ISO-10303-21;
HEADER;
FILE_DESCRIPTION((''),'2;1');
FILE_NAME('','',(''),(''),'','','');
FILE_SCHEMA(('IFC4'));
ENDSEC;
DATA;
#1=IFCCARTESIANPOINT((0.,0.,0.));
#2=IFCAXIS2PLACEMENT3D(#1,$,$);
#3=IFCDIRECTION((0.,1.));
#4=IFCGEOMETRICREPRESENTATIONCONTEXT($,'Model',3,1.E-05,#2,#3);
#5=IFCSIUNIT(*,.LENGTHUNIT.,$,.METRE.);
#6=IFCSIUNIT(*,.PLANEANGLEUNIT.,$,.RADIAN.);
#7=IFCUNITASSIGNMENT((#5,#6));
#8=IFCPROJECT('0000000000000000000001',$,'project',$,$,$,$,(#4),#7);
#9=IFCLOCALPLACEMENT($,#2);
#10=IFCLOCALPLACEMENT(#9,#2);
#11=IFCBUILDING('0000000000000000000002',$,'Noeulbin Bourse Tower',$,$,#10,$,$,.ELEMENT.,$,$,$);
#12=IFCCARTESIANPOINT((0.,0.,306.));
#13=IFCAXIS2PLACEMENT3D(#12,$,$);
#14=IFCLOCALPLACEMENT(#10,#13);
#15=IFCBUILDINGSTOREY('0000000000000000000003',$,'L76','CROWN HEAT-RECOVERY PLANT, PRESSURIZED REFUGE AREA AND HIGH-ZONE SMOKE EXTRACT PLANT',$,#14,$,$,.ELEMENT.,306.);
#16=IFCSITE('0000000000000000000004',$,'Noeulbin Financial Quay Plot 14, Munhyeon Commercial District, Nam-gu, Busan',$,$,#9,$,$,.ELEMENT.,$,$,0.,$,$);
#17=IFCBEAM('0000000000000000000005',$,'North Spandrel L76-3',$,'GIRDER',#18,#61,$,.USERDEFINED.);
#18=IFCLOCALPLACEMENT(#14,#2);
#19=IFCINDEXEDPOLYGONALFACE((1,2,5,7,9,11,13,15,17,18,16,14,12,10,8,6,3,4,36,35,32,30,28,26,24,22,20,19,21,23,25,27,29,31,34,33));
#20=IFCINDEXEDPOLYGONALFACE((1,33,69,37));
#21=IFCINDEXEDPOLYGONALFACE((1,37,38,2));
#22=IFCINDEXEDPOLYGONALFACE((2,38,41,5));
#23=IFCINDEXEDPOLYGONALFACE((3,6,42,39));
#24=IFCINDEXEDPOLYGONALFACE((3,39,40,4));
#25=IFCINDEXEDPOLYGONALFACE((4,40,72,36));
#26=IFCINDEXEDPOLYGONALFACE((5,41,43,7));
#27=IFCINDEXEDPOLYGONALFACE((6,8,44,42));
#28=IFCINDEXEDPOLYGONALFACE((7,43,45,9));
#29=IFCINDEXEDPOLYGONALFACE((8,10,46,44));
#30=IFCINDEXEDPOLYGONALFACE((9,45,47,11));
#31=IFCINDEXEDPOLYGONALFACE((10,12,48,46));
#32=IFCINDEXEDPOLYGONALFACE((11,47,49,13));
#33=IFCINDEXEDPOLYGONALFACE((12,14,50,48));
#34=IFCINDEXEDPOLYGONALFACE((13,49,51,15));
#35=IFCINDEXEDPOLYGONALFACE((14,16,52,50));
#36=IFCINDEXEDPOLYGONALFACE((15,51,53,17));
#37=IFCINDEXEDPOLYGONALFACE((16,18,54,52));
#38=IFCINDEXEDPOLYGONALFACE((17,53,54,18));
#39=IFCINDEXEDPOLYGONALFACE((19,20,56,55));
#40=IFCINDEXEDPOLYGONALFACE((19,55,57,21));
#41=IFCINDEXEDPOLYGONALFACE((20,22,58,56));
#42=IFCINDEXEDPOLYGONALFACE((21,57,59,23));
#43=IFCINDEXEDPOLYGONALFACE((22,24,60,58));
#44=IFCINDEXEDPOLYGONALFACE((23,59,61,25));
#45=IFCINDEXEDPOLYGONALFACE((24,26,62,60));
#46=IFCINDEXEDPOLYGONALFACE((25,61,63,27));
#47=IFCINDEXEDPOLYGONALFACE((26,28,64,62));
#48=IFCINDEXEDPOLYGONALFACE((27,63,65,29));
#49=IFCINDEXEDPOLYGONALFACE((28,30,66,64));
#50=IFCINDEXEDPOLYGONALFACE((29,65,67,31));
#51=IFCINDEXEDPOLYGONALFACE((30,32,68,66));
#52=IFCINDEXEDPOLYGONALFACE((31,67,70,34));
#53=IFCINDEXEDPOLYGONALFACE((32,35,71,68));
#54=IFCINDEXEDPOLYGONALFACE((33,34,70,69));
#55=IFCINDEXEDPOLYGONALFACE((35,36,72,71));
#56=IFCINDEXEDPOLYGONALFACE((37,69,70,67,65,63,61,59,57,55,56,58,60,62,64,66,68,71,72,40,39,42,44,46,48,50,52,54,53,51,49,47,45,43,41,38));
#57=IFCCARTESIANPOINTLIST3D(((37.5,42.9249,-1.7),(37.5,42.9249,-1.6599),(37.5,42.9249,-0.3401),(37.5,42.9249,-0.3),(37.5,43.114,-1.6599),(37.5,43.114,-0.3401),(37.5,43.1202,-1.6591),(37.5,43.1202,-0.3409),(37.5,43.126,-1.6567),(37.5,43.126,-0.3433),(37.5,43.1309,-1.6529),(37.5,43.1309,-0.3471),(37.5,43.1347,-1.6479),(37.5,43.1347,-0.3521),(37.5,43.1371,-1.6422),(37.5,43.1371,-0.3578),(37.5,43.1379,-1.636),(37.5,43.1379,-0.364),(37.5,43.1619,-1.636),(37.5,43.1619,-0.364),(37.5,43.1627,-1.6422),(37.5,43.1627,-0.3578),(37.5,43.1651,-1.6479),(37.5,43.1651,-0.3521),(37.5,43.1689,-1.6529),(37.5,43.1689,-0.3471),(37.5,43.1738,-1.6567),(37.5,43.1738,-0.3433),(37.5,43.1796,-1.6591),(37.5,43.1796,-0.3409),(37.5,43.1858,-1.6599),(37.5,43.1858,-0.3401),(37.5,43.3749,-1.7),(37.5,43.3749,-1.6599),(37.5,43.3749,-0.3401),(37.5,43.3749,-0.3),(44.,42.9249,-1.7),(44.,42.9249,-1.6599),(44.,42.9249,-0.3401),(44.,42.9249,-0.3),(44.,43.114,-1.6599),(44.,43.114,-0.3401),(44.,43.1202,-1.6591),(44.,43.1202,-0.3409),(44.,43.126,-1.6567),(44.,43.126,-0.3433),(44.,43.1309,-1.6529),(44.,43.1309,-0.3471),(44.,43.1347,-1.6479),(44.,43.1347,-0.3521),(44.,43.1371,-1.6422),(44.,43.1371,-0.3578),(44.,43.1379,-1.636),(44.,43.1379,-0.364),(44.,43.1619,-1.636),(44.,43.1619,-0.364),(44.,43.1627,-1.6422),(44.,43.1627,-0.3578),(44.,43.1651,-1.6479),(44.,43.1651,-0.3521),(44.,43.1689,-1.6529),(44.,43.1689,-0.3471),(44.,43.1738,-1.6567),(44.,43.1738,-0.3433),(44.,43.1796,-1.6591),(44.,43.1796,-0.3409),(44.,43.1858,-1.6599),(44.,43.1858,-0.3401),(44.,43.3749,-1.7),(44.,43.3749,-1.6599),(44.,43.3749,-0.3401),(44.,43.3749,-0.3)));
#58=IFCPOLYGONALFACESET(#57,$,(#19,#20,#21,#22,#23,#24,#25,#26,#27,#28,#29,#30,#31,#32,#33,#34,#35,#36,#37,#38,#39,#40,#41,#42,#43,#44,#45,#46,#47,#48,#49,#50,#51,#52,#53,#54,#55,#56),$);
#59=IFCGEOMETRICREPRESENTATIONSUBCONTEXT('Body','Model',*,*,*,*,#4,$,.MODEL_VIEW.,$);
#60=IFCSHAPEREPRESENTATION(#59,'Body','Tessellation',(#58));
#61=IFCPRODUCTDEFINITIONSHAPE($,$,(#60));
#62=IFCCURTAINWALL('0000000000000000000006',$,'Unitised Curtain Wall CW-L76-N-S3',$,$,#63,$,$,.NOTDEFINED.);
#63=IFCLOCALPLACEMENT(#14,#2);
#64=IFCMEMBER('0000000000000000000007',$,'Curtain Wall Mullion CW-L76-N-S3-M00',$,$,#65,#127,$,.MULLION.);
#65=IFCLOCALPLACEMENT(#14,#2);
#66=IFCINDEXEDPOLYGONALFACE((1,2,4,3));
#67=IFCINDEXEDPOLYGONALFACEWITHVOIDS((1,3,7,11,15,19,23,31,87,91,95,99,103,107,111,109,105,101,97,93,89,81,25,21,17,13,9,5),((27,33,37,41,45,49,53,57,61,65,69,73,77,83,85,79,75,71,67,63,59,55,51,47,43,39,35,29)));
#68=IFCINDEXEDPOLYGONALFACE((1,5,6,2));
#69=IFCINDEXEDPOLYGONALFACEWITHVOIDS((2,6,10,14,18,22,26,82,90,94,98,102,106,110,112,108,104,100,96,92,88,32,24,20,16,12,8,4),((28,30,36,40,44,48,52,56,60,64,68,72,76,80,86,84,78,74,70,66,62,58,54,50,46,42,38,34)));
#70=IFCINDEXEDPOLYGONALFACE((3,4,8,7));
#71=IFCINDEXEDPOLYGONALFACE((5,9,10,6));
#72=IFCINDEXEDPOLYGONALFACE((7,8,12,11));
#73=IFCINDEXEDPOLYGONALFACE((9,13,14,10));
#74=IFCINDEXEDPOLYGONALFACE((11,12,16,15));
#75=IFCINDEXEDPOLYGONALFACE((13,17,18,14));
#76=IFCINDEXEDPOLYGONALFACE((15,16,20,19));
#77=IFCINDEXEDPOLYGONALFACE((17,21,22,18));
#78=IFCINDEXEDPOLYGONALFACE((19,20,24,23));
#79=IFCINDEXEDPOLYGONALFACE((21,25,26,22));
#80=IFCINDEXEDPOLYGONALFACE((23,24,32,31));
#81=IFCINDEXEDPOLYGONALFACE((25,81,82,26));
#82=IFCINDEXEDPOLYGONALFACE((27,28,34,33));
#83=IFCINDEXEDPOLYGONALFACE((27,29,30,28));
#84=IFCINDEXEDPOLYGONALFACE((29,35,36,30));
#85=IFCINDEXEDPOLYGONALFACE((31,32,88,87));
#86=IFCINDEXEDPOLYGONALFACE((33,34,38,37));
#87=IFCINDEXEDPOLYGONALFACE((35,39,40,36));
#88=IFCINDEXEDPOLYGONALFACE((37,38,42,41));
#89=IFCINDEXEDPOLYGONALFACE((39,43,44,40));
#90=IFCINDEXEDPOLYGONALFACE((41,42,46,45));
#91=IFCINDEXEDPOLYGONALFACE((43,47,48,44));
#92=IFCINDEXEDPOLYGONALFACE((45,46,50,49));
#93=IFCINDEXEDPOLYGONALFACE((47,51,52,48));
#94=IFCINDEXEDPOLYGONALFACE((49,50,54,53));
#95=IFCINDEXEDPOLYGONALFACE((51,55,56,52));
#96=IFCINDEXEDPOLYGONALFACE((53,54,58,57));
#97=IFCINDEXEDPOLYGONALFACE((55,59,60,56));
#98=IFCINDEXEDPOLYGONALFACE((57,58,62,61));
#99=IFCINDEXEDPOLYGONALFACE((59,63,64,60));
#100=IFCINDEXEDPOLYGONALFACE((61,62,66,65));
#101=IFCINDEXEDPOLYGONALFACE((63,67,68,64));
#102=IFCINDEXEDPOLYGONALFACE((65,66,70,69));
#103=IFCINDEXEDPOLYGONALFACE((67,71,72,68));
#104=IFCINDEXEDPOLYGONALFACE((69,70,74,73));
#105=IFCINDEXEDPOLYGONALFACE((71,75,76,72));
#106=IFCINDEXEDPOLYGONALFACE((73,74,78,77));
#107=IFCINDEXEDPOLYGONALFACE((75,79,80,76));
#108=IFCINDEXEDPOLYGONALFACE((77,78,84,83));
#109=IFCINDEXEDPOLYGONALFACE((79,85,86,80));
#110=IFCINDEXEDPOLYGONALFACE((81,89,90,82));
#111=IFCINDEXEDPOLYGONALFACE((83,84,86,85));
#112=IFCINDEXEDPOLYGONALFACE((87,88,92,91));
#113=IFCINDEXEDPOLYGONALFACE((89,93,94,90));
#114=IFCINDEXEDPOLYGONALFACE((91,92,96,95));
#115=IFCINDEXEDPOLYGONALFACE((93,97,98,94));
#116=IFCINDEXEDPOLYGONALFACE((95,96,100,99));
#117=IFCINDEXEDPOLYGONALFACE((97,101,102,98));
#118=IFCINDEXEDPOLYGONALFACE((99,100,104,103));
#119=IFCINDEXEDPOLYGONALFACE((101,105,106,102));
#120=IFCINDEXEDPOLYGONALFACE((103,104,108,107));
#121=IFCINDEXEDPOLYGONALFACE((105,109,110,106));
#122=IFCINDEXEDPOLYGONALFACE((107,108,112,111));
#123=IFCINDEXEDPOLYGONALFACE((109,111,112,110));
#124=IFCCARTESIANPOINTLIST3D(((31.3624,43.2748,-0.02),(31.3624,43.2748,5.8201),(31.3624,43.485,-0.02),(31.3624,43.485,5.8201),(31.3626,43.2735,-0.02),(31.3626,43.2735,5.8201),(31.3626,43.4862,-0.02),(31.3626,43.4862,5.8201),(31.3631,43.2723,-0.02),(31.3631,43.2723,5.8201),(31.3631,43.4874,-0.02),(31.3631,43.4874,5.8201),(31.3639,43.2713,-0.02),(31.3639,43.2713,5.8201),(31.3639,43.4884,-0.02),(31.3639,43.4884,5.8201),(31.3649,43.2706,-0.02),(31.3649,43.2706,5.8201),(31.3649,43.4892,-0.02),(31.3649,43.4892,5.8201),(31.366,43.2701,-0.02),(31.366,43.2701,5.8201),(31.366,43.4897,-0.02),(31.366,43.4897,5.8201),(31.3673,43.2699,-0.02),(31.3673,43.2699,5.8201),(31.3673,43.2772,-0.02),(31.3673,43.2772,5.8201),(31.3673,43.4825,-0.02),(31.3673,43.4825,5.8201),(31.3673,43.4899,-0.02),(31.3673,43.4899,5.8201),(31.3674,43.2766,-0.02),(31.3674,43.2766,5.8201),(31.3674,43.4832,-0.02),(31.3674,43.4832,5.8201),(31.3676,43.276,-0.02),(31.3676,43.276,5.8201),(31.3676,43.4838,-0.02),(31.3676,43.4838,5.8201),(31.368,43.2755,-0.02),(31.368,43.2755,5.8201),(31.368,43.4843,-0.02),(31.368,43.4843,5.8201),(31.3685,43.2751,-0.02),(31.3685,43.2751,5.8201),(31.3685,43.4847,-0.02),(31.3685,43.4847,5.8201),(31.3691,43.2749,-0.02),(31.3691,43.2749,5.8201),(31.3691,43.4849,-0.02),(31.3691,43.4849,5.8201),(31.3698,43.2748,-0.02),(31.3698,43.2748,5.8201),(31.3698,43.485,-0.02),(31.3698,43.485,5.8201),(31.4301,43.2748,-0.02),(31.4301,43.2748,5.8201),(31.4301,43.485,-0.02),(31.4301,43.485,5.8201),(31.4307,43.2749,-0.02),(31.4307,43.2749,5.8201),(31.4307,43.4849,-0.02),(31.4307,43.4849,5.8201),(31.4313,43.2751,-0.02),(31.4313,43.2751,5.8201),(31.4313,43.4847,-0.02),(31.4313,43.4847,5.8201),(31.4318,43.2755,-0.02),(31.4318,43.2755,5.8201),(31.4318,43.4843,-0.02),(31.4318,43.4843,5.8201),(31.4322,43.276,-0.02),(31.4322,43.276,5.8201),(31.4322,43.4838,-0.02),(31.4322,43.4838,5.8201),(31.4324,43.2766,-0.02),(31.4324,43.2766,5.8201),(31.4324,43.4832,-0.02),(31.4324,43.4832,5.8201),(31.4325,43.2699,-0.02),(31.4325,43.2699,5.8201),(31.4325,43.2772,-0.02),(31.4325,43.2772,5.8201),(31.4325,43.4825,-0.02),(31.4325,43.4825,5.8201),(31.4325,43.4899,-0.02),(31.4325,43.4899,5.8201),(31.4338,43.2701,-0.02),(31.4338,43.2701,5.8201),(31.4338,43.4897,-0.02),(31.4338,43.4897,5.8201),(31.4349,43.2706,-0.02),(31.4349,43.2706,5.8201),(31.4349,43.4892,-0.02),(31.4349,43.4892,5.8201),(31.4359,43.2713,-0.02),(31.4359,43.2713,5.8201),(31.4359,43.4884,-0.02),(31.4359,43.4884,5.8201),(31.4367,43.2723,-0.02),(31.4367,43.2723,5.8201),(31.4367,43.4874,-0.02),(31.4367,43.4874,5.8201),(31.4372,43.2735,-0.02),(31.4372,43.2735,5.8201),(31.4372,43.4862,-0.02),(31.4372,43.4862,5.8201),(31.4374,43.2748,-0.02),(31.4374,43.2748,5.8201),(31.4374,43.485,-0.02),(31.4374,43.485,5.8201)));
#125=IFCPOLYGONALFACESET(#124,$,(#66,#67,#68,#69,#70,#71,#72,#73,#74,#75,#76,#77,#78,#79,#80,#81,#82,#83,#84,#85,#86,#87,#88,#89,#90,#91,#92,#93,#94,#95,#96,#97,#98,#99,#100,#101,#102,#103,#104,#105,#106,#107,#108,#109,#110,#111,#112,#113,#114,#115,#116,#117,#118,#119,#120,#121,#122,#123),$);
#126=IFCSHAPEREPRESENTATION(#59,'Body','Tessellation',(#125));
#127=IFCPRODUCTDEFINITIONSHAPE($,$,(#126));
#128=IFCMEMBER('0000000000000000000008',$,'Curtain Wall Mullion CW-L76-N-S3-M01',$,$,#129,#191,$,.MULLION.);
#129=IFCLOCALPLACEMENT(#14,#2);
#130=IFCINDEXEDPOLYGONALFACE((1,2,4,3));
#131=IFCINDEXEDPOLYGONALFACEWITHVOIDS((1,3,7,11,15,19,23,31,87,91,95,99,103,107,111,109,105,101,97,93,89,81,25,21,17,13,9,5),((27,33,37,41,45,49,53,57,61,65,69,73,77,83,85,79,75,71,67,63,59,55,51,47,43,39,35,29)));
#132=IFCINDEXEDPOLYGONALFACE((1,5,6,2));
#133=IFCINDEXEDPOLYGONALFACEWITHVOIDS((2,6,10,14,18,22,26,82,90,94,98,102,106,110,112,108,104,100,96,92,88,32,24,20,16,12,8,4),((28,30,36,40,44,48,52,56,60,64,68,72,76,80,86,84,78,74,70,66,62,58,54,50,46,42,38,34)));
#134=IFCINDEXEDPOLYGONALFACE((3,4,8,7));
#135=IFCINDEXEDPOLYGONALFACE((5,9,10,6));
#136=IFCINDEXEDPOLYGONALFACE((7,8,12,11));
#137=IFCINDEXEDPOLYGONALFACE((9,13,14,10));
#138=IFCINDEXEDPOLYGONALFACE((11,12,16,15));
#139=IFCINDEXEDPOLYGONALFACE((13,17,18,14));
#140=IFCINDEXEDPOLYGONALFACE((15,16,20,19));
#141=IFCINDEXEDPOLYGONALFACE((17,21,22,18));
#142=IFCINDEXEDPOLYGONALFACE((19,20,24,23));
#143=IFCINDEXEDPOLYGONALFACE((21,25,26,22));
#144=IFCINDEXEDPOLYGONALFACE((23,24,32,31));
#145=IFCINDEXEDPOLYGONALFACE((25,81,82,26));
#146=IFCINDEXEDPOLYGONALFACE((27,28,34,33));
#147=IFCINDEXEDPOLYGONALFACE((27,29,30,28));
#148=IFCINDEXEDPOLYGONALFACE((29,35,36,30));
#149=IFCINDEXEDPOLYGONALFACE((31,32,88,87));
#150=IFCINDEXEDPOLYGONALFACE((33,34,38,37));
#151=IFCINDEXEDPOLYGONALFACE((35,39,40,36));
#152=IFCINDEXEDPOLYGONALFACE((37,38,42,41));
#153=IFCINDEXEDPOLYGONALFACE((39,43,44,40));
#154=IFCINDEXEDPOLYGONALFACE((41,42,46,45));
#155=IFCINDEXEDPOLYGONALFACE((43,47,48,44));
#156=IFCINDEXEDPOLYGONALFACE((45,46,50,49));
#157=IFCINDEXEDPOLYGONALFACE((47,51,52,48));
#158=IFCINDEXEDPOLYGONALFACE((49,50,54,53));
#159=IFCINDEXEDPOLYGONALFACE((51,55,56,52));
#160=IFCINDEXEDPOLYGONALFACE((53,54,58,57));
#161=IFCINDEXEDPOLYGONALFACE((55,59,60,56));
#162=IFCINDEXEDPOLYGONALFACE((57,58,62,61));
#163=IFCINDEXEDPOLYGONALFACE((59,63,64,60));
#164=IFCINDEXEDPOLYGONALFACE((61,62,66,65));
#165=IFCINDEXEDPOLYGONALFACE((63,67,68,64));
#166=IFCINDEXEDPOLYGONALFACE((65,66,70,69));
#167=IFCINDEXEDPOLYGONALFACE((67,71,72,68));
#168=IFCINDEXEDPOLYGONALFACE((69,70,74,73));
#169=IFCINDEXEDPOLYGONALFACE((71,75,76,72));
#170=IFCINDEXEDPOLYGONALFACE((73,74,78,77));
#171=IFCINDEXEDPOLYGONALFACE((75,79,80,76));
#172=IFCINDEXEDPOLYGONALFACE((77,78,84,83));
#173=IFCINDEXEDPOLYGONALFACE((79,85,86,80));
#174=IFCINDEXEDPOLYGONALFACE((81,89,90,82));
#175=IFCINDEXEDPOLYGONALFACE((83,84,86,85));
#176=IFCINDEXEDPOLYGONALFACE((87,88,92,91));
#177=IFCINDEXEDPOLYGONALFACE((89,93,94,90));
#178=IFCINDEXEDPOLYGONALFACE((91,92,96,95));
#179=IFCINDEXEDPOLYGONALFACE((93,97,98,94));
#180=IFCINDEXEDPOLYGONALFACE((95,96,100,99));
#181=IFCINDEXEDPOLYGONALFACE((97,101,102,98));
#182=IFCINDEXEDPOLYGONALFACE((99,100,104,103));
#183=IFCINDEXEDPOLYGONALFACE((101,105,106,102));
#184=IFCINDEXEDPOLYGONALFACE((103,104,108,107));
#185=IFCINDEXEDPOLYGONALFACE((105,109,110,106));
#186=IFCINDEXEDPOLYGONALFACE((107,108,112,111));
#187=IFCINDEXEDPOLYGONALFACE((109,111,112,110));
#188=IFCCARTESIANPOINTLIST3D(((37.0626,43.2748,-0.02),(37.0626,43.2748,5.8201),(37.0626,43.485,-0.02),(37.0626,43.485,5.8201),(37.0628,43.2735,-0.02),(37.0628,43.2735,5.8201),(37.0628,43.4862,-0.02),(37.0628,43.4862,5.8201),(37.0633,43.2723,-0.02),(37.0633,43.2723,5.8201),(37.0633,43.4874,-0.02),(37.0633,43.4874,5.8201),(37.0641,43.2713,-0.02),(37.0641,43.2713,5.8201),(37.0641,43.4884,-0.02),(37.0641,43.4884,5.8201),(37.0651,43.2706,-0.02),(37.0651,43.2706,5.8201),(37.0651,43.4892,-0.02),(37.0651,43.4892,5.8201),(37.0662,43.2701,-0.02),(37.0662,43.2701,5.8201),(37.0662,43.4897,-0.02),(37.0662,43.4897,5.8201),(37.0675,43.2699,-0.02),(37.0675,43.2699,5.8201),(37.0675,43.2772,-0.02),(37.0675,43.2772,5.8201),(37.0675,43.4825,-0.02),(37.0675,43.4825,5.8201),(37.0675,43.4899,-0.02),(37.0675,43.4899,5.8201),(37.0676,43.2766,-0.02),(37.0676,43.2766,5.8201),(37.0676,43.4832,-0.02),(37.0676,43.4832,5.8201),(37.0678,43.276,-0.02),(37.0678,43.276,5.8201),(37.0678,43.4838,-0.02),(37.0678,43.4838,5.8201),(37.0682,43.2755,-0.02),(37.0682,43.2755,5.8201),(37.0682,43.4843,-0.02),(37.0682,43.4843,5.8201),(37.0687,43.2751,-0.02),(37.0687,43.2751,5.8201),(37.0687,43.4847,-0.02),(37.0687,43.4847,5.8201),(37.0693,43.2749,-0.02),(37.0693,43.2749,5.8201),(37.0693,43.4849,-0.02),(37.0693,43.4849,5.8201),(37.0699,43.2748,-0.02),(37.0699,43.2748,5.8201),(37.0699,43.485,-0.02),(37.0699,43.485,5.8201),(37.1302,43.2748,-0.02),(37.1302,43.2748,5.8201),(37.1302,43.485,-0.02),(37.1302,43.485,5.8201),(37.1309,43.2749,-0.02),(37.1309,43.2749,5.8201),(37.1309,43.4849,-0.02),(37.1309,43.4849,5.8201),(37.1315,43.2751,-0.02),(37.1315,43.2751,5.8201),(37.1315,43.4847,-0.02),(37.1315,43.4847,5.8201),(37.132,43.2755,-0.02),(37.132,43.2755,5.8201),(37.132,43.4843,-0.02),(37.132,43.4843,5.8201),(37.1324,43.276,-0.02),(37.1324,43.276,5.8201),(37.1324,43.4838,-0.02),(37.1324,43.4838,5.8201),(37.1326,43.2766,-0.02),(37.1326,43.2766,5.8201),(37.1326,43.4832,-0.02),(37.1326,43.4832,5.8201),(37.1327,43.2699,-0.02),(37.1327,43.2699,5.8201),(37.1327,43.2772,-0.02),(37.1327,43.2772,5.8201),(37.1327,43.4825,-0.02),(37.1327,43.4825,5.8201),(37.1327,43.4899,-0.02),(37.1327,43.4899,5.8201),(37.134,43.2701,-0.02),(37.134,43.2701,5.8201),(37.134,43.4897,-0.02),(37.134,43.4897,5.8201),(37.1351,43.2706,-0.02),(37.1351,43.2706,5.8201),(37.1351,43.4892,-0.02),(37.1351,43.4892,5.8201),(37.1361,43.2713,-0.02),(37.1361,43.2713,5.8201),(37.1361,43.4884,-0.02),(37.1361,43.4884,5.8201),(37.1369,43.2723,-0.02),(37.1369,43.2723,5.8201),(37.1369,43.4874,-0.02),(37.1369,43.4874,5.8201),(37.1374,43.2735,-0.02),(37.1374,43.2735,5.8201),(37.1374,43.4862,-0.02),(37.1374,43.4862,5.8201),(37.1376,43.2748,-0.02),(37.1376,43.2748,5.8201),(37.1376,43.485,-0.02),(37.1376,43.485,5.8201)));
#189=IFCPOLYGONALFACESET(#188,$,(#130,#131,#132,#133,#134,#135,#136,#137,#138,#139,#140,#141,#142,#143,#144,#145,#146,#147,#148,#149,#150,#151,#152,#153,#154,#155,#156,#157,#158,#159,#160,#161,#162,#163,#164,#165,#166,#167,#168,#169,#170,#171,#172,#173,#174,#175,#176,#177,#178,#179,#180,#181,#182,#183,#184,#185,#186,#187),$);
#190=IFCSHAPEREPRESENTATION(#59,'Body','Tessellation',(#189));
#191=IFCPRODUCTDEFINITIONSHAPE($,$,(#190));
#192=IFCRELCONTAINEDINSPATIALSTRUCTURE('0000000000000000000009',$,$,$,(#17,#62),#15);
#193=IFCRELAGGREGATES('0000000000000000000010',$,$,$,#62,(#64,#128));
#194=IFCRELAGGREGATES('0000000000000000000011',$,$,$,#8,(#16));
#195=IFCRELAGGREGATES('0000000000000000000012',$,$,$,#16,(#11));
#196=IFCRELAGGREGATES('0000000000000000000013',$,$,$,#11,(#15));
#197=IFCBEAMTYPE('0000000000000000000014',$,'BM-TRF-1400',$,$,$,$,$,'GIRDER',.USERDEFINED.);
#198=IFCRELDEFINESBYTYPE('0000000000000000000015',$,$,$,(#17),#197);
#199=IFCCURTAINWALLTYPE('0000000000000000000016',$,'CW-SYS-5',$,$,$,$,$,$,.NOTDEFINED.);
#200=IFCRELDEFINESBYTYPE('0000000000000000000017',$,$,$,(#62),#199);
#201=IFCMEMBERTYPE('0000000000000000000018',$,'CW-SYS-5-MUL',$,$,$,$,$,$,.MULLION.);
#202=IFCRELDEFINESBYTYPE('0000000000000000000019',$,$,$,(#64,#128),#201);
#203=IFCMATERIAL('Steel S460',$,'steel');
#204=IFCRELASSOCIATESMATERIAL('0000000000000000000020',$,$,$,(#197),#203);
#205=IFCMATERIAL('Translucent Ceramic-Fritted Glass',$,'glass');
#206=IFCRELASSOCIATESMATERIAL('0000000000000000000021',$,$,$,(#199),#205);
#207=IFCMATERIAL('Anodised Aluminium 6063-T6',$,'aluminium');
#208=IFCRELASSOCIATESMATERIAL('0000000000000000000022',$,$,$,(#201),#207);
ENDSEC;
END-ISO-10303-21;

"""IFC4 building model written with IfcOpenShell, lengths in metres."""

from ifc_helpers import new_model, si_unit, direction, frame, origin, origin_2d, place, context, subcontext, project, spatial, hollow_rectangle, i_section, extrude, material, material_profile, profile_set, type_object, element, aggregate, save


model = new_model("IFC4")

# Units and contexts
model_context = context("Model", 3, precision=1e-05, world=origin(), true_north=direction((0.0, 1.0)))
body_context = subcontext(model_context, "Body", "Model", "MODEL_VIEW")
ifc_project = project(units=[si_unit("LENGTHUNIT", "METRE"), si_unit("PLANEANGLEUNIT", "RADIAN")], contexts=[model_context])

# Site, building, storey
site_placement = place(None, origin())
site = spatial("IfcSite", under=ifc_project, at=site_placement, Name="Noeulbin Financial Quay Plot 14, Munhyeon Commercial District, Nam-gu, Busan", CompositionType="ELEMENT", RefElevation=0.0)
building_placement = place(site_placement, origin())
building = spatial("IfcBuilding", under=site, at=building_placement, Name="Noeulbin Bourse Tower", CompositionType="ELEMENT")
storey_placement = place(building_placement, frame((0.0, 0.0, 306.0)))
storey = spatial("IfcBuildingStorey", under=building, at=storey_placement, Name="L76", Description="CROWN HEAT-RECOVERY PLANT, PRESSURIZED REFUGE AREA AND HIGH-ZONE SMOKE EXTRACT PLANT", CompositionType="ELEMENT", Elevation=306.0)

# Beam
ifc_material_1 = material(Name="Steel S460", Category="steel")
ifc_material_profile_1 = material_profile(ifc_material_1, i_section(OverallWidth=0.45, OverallDepth=1.3999, WebThickness=0.0239, FlangeThickness=0.04, FilletRadius=0.0239, at=origin_2d()), Name="PG-1400x450x24x40", Category="LoadBearing")
ifc_profile_set_1 = profile_set([ifc_material_profile_1], Name="Steel S460")
beam_type_1 = type_object("IfcBeamType", Name="BM-TRF-1400", ElementType="GIRDER", PredefinedType="USERDEFINED", material=ifc_profile_set_1)
beam_1_placement = place(storey_placement, frame((37.5, 43.1499, -1.0), z_axis=(1.0, 0.0, 0.0), x_axis=(0.0, 1.0, 0.0)))
element("IfcBeam", 1, at=beam_1_placement, inside=storey, type_object=beam_type_1, Name="North Spandrel L76-3", ObjectType="GIRDER", PredefinedType="USERDEFINED", context=body_context, shape_type="SweptSolid", body=[
    extrude(i_section(OverallWidth=0.45, OverallDepth=1.3999, WebThickness=0.0239, FlangeThickness=0.04, FilletRadius=0.0239, at=origin_2d()), origin(), (0.0, 0.0, 1.0), 6.5),
])

# Curtain wall, members
ifc_material_2 = material(Name="Translucent Ceramic-Fritted Glass", Category="glass")
curtain_wall_type = type_object("IfcCurtainWallType", Name="CW-SYS-5", PredefinedType="NOTDEFINED", material=ifc_material_2)
curtain_wall_1_placement = place(storey_placement, origin())
curtain_wall_1 = element("IfcCurtainWall", 2, at=curtain_wall_1_placement, inside=storey, type_object=curtain_wall_type, Name="Unitised Curtain Wall CW-L76-N-S3", PredefinedType="NOTDEFINED")
ifc_material_3 = material(Name="Anodised Aluminium 6063-T6", Category="aluminium")
ifc_material_profile_2 = material_profile(ifc_material_3, hollow_rectangle(XDim=0.075, YDim=0.22, WallThickness=0.0049, InnerFilletRadius=0.0024, OuterFilletRadius=0.0049, at=origin_2d()), Name="ALU-MULL-75x220x5", Category="LoadBearing")
ifc_profile_set_2 = profile_set([ifc_material_profile_2], Name="Anodised Aluminium 6063-T6")
member_type_1 = type_object("IfcMemberType", Name="CW-SYS-5-MUL", PredefinedType="MULLION", material=ifc_profile_set_2)
member_1_placement = place(storey_placement, frame((31.3999, 43.3799, -0.02), z_axis=(0.0, 0.0, 1.0), x_axis=(1.0, 0.0, 0.0)))
member_1 = element("IfcMember", 3, at=member_1_placement, type_object=member_type_1, Name="Curtain Wall Mullion CW-L76-N-S3-M00", PredefinedType="MULLION", context=body_context, shape_type="SweptSolid", body=[
    extrude(hollow_rectangle(XDim=0.075, YDim=0.22, WallThickness=0.0049, InnerFilletRadius=0.0024, OuterFilletRadius=0.0049, at=origin_2d()), origin(), (0.0, 0.0, 1.0), 5.8401),
])
member_2_placement = place(storey_placement, frame((37.1001, 43.3799, -0.02), z_axis=(0.0, 0.0, 1.0), x_axis=(1.0, 0.0, 0.0)))
member_2 = element("IfcMember", 4, at=member_2_placement, type_object=member_type_1, Name="Curtain Wall Mullion CW-L76-N-S3-M01", PredefinedType="MULLION", context=body_context, shape_type="SweptSolid", body=[
    extrude(hollow_rectangle(XDim=0.075, YDim=0.22, WallThickness=0.0049, InnerFilletRadius=0.0024, OuterFilletRadius=0.0049, at=origin_2d()), origin(), (0.0, 0.0, 1.0), 5.8401),
])

aggregate(curtain_wall_1, [member_1, member_2])

save(model, "model.ifc")
